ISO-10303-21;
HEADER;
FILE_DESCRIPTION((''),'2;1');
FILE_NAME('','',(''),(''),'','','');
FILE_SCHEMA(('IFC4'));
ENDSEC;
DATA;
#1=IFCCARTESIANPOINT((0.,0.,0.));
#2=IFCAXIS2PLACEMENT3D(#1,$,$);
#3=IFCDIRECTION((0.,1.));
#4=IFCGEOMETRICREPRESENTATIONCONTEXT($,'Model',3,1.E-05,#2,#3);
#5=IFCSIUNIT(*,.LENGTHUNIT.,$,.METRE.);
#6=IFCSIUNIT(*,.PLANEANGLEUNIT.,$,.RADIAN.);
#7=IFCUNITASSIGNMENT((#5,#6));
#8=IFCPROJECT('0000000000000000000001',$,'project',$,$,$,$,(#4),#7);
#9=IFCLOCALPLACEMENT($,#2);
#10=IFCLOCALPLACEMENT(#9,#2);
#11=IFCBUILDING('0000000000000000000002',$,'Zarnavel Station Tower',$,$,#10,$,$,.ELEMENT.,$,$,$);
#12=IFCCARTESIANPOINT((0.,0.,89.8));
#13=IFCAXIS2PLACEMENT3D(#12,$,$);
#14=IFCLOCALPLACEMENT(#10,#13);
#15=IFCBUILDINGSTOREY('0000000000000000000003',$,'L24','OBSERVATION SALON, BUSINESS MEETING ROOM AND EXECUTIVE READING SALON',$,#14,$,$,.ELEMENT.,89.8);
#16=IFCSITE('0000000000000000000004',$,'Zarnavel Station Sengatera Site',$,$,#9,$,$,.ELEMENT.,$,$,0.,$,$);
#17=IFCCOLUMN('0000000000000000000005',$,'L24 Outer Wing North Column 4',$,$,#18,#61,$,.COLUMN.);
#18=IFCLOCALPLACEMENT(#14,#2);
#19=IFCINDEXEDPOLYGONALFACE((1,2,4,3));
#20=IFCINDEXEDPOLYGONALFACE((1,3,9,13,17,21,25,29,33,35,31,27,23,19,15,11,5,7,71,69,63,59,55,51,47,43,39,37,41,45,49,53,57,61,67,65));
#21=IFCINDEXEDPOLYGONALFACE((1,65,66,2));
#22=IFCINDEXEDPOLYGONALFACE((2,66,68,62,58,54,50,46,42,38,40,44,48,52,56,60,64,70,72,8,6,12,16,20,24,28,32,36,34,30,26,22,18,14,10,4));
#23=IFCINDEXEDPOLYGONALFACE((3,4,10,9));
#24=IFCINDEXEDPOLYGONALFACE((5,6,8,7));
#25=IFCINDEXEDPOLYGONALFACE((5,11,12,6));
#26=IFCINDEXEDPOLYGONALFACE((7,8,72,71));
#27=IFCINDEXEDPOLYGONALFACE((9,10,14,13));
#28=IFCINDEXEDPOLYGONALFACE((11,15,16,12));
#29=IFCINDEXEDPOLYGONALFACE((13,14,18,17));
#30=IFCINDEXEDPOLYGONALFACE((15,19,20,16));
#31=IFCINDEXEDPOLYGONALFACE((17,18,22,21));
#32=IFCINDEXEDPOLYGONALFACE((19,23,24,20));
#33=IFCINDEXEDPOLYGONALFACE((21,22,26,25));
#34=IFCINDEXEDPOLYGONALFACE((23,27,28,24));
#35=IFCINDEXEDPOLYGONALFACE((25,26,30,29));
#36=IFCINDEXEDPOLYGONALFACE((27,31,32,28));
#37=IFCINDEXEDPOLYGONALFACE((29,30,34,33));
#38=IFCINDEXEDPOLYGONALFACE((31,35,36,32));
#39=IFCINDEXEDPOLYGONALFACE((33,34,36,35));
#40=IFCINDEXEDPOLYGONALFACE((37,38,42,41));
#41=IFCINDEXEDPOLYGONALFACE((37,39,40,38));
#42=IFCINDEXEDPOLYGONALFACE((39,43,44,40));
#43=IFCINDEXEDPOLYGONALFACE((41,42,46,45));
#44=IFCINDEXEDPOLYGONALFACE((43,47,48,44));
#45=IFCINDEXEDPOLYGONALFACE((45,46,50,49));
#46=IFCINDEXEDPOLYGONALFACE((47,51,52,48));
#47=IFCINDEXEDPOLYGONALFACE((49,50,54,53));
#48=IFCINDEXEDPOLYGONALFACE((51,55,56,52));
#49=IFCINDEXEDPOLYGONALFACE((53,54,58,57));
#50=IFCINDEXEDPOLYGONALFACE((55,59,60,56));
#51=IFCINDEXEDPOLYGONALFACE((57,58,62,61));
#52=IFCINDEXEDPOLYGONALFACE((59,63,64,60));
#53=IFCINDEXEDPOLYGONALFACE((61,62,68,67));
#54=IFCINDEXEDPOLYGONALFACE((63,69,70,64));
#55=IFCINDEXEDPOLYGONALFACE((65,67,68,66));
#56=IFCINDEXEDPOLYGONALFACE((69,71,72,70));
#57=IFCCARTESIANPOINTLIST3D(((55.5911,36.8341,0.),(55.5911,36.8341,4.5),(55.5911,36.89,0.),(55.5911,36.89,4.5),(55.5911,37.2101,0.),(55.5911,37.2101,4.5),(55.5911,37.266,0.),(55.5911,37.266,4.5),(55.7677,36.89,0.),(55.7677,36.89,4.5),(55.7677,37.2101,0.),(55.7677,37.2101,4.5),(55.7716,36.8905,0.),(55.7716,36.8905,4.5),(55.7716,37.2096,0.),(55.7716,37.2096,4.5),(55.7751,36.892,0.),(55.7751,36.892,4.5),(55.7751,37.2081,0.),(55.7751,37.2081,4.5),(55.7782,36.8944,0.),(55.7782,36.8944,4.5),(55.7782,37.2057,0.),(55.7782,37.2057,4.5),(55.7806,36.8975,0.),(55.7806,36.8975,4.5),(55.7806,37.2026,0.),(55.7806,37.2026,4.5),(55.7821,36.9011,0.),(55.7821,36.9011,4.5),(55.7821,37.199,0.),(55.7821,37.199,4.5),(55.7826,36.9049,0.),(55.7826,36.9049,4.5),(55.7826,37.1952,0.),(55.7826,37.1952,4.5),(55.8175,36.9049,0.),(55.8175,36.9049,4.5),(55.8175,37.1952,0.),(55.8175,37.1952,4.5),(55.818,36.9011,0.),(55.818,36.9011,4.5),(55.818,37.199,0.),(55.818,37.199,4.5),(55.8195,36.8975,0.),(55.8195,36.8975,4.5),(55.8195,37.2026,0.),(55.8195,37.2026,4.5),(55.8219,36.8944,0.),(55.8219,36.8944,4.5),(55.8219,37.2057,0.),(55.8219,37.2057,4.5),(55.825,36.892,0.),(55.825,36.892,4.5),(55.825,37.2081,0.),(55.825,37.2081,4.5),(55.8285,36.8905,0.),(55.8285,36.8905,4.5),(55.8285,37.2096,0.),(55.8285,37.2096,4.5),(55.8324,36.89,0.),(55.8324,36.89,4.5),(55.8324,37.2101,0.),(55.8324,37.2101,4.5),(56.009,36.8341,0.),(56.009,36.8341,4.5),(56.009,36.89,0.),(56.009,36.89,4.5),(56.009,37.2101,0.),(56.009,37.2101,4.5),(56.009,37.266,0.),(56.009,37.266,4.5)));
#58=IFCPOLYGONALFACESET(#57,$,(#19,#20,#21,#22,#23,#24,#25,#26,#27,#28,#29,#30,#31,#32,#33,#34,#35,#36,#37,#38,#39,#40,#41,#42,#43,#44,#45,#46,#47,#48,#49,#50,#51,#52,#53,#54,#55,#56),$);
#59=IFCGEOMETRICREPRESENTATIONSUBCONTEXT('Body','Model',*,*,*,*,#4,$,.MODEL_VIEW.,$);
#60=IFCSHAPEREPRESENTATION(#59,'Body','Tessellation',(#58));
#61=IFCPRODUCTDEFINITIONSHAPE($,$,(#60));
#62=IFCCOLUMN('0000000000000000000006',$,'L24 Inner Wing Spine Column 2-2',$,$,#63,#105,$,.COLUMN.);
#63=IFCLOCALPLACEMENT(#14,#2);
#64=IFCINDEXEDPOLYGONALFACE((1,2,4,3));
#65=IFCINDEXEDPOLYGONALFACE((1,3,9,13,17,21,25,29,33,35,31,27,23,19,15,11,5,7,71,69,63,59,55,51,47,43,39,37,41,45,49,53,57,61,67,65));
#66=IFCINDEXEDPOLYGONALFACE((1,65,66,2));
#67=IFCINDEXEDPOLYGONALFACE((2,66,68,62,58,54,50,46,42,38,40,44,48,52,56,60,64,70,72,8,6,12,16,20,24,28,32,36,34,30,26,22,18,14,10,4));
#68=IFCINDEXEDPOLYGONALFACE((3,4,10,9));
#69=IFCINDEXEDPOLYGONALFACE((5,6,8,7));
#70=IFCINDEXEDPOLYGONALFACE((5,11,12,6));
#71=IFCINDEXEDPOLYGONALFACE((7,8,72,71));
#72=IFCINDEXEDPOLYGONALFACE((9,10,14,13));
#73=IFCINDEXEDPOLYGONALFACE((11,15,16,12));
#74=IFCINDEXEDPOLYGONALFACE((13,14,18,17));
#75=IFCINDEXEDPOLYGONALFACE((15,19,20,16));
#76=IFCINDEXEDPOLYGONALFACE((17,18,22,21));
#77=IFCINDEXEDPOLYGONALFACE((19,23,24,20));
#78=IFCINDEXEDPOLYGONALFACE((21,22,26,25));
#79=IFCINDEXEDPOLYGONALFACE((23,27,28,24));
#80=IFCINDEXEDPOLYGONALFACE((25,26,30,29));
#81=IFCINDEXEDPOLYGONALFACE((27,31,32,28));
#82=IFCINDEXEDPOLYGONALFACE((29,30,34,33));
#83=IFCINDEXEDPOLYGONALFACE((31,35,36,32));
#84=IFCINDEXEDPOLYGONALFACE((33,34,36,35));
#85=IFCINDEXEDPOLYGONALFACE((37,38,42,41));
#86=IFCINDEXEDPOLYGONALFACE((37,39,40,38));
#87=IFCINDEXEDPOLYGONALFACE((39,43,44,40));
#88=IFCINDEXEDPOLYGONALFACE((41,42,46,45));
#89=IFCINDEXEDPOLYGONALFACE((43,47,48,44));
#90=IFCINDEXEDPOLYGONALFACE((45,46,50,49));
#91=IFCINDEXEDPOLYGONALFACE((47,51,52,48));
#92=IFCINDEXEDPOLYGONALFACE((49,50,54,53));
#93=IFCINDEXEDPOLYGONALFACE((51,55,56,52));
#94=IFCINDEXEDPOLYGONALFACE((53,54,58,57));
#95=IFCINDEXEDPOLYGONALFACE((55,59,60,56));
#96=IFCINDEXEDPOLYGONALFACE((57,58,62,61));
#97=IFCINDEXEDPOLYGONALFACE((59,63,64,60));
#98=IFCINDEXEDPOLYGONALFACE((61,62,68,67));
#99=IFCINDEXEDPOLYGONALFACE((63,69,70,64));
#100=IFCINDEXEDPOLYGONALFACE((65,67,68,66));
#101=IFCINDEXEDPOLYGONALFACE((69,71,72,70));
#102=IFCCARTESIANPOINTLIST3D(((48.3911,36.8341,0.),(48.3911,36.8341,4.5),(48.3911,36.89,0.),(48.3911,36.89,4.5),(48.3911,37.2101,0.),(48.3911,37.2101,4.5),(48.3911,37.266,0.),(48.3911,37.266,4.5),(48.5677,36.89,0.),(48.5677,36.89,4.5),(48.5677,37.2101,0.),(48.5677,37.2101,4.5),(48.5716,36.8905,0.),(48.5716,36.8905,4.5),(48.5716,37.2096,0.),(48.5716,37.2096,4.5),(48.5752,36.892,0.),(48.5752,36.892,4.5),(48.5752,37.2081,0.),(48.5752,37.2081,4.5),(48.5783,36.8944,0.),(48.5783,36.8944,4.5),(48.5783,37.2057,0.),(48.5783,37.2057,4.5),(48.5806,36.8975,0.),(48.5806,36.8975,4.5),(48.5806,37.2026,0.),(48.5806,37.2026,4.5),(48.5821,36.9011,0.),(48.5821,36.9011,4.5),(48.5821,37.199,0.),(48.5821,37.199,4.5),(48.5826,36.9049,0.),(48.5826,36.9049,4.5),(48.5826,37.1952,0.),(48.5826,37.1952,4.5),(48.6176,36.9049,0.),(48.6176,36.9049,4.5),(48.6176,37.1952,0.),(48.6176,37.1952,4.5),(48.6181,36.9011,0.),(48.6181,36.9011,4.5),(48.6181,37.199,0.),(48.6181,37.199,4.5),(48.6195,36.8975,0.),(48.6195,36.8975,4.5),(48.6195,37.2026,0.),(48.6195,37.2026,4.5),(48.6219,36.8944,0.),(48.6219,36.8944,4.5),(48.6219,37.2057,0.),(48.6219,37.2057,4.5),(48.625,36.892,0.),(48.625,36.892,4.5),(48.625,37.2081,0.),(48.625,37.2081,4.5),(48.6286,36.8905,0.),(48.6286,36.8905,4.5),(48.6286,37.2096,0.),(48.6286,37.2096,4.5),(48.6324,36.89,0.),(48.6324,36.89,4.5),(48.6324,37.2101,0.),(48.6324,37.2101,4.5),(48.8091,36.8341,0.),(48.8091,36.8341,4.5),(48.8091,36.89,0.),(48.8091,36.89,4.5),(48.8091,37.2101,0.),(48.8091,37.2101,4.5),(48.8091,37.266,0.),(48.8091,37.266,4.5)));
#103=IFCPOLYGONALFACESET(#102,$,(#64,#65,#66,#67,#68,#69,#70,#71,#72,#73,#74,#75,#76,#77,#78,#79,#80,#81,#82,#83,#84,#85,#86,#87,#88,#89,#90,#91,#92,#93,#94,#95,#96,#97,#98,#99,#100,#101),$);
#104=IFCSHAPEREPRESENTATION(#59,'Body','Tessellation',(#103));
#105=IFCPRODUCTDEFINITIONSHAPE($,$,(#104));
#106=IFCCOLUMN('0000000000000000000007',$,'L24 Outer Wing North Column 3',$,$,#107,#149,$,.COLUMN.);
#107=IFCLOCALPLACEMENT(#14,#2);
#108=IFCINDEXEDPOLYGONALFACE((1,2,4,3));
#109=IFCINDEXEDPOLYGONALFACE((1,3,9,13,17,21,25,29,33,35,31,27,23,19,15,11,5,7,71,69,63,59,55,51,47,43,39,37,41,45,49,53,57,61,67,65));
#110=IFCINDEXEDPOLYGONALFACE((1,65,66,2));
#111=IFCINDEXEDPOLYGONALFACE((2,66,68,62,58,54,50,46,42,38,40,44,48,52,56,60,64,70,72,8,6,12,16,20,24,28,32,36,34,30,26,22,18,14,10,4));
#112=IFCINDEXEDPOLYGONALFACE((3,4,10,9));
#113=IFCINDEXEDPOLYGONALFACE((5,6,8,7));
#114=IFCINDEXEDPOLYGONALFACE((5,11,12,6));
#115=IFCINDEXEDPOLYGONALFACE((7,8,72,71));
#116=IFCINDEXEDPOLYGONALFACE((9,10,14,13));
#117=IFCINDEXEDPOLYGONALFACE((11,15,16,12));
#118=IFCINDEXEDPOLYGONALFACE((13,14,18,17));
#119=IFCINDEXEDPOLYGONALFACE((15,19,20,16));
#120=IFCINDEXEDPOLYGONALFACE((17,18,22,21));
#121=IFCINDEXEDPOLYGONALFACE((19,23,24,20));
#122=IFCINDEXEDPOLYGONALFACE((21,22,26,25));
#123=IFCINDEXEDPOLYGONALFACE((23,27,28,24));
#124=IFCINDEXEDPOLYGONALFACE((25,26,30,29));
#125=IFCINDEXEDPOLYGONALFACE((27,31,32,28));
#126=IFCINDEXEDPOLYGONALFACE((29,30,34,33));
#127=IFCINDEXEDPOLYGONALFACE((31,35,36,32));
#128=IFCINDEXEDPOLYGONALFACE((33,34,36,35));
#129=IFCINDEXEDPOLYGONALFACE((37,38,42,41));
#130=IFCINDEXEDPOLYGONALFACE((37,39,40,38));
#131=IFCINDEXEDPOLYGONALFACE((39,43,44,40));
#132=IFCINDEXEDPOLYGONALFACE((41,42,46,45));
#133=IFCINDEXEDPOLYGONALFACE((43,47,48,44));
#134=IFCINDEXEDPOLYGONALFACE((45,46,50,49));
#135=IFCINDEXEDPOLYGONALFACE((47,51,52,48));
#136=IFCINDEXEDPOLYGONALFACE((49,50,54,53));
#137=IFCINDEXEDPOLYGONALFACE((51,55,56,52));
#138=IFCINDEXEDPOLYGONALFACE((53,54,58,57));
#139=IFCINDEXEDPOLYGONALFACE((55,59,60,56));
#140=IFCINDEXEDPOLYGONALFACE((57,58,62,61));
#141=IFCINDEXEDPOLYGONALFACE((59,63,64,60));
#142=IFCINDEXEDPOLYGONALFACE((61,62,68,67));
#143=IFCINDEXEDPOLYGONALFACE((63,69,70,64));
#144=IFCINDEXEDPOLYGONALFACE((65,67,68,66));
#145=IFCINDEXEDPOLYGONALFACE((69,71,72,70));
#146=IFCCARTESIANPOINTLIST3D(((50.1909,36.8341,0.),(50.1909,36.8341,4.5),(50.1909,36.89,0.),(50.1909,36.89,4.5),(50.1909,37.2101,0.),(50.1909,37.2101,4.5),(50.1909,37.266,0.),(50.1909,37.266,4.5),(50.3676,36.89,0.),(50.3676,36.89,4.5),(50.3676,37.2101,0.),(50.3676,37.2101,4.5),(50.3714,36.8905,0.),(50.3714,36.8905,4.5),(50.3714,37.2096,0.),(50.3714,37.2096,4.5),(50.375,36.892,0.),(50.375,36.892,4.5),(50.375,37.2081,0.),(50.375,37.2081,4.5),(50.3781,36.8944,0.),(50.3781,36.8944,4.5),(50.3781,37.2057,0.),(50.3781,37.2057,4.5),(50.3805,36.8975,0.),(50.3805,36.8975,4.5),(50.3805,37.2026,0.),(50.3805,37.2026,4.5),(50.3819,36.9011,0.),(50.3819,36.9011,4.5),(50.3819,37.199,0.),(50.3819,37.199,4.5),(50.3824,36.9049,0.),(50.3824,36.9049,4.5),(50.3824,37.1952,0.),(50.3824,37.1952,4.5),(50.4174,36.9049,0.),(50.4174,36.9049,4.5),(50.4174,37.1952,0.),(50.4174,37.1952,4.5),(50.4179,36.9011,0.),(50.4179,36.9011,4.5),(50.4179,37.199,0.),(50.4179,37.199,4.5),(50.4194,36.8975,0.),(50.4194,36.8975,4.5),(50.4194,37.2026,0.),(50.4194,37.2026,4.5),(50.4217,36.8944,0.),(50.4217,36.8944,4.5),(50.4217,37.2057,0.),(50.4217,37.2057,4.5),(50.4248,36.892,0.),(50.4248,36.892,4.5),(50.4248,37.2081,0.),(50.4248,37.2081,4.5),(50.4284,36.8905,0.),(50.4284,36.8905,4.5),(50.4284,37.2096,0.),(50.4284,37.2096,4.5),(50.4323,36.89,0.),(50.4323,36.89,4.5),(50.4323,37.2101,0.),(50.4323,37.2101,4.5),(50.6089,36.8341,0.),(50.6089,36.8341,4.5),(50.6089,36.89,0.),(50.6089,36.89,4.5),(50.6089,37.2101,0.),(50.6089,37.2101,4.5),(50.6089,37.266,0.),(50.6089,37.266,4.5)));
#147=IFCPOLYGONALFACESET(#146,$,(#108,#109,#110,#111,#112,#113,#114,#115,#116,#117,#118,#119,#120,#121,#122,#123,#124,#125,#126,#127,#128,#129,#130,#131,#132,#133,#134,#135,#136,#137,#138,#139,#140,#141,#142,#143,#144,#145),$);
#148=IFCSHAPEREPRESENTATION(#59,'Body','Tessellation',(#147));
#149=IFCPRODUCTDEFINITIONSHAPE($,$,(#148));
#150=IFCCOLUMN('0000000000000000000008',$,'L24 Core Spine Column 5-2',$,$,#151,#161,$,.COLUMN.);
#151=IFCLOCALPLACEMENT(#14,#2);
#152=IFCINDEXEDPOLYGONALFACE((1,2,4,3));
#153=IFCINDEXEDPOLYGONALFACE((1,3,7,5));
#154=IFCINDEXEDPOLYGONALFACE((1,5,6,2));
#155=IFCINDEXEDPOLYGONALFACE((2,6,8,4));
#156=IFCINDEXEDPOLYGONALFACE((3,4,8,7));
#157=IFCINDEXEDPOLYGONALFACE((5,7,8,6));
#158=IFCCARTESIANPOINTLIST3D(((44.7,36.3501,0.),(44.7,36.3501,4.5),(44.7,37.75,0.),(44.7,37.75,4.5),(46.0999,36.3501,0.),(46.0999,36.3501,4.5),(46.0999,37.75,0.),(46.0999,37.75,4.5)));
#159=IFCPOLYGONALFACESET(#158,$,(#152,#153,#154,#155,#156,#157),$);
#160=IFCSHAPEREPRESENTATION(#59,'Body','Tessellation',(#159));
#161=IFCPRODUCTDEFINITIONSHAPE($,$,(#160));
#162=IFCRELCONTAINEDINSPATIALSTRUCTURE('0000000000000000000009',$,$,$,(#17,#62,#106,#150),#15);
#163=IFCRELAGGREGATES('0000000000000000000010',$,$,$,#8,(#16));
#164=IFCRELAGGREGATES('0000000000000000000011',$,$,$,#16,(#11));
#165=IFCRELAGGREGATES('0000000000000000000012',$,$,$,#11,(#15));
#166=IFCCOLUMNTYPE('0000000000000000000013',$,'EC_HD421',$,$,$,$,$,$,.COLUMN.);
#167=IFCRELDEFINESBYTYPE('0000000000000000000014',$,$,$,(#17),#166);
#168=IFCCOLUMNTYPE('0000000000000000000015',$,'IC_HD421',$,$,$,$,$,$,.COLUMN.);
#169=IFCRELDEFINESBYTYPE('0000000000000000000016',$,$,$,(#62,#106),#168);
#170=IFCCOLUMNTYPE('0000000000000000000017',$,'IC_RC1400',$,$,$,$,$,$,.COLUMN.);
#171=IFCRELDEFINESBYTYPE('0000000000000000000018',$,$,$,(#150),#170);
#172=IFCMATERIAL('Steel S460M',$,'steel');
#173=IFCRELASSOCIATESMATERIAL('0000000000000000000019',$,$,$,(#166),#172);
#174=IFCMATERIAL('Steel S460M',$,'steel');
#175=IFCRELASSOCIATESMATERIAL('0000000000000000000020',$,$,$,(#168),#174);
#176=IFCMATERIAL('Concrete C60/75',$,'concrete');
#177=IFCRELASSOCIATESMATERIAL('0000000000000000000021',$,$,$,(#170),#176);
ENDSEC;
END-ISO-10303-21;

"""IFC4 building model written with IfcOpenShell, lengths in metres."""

from ifc_helpers import new_model, si_unit, direction, frame, origin, origin_2d, place, context, subcontext, project, spatial, rectangle, i_section, extrude, material, material_profile, profile_set, type_object, element, save


model = new_model("IFC4")

# Units and contexts
model_context = context("Model", 3, precision=1e-05, world=origin(), true_north=direction((0.0, 1.0)))
body_context = subcontext(model_context, "Body", "Model", "MODEL_VIEW")
ifc_project = project(units=[si_unit("LENGTHUNIT", "METRE"), si_unit("PLANEANGLEUNIT", "RADIAN")], contexts=[model_context])

# Site, building, storey
site_placement = place(None, origin())
site = spatial("IfcSite", under=ifc_project, at=site_placement, Name="Zarnavel Station Sengatera Site", CompositionType="ELEMENT", RefElevation=0.0)
building_placement = place(site_placement, origin())
building = spatial("IfcBuilding", under=site, at=building_placement, Name="Zarnavel Station Tower", CompositionType="ELEMENT")
storey_placement = place(building_placement, frame((0.0, 0.0, 89.8)))
storey = spatial("IfcBuildingStorey", under=building, at=storey_placement, Name="L24", Description="OBSERVATION SALON, BUSINESS MEETING ROOM AND EXECUTIVE READING SALON", CompositionType="ELEMENT", Elevation=89.8)

# Columns
ifc_material_1 = material(Name="Steel S460M", Category="steel")
ifc_material_profile_1 = material_profile(ifc_material_1, i_section(OverallWidth=0.418, OverallDepth=0.4319, WebThickness=0.0349, FlangeThickness=0.0559, FilletRadius=0.0149, at=origin_2d()), Name="HD400x421")
ifc_profile_set_1 = profile_set([ifc_material_profile_1], Name="Steel S460M")
column_type_1 = type_object("IfcColumnType", Name="EC_HD421", PredefinedType="COLUMN", material=ifc_profile_set_1)
column_1_placement = place(storey_placement, frame((55.8, 37.05, 0.0), z_axis=(0.0, 0.0, 1.0), x_axis=(1.0, 0.0, 0.0)))
element("IfcColumn", 1, at=column_1_placement, inside=storey, type_object=column_type_1, Name="L24 Outer Wing North Column 4", PredefinedType="COLUMN", context=body_context, shape_type="SweptSolid", body=[
    extrude(i_section(OverallWidth=0.418, OverallDepth=0.4319, WebThickness=0.0349, FlangeThickness=0.0559, FilletRadius=0.0149, at=origin_2d()), origin(), (0.0, 0.0, 1.0), 4.5),
])
ifc_material_2 = material(Name="Steel S460M", Category="steel")
ifc_material_profile_2 = material_profile(ifc_material_2, i_section(OverallWidth=0.418, OverallDepth=0.4319, WebThickness=0.0349, FlangeThickness=0.0559, FilletRadius=0.0149, at=origin_2d()), Name="HD400x421")
ifc_profile_set_2 = profile_set([ifc_material_profile_2], Name="Steel S460M")
column_type_2 = type_object("IfcColumnType", Name="IC_HD421", PredefinedType="COLUMN", material=ifc_profile_set_2)
for number, where, z_axis, x_axis, name in (
    (2, (48.6001, 37.05, 0.0), (0.0, 0.0, 1.0), (1.0, 0.0, 0.0), "L24 Inner Wing Spine Column 2-2"),
    (3, (50.3999, 37.05, 0.0), (0.0, 0.0, 1.0), (1.0, 0.0, 0.0), "L24 Outer Wing North Column 3"),
):
    element("IfcColumn", number, at=place(storey_placement, frame(where, z_axis=z_axis, x_axis=x_axis)), inside=storey, type_object=column_type_2, Name=name, PredefinedType="COLUMN", context=body_context, shape_type="SweptSolid", body=[
        extrude(i_section(OverallWidth=0.418, OverallDepth=0.4319, WebThickness=0.0349, FlangeThickness=0.0559, FilletRadius=0.0149, at=origin_2d()), origin(), (0.0, 0.0, 1.0), 4.5),
    ])
ifc_material_3 = material(Name="Concrete C60/75", Category="concrete")
ifc_material_profile_3 = material_profile(ifc_material_3, rectangle(XDim=1.3999, YDim=1.3999, at=origin_2d()), Name="RC1400x1400")
ifc_profile_set_3 = profile_set([ifc_material_profile_3], Name="Concrete C60/75")
column_type_3 = type_object("IfcColumnType", Name="IC_RC1400", PredefinedType="COLUMN", material=ifc_profile_set_3)
column_2_placement = place(storey_placement, frame((45.3999, 37.05, 0.0), z_axis=(0.0, 0.0, 1.0), x_axis=(1.0, 0.0, 0.0)))
element("IfcColumn", 4, at=column_2_placement, inside=storey, type_object=column_type_3, Name="L24 Core Spine Column 5-2", PredefinedType="COLUMN", context=body_context, shape_type="SweptSolid", body=[
    extrude(rectangle(XDim=1.3999, YDim=1.3999, at=origin_2d()), origin(), (0.0, 0.0, 1.0), 4.5),
])

save(model, "model.ifc")
